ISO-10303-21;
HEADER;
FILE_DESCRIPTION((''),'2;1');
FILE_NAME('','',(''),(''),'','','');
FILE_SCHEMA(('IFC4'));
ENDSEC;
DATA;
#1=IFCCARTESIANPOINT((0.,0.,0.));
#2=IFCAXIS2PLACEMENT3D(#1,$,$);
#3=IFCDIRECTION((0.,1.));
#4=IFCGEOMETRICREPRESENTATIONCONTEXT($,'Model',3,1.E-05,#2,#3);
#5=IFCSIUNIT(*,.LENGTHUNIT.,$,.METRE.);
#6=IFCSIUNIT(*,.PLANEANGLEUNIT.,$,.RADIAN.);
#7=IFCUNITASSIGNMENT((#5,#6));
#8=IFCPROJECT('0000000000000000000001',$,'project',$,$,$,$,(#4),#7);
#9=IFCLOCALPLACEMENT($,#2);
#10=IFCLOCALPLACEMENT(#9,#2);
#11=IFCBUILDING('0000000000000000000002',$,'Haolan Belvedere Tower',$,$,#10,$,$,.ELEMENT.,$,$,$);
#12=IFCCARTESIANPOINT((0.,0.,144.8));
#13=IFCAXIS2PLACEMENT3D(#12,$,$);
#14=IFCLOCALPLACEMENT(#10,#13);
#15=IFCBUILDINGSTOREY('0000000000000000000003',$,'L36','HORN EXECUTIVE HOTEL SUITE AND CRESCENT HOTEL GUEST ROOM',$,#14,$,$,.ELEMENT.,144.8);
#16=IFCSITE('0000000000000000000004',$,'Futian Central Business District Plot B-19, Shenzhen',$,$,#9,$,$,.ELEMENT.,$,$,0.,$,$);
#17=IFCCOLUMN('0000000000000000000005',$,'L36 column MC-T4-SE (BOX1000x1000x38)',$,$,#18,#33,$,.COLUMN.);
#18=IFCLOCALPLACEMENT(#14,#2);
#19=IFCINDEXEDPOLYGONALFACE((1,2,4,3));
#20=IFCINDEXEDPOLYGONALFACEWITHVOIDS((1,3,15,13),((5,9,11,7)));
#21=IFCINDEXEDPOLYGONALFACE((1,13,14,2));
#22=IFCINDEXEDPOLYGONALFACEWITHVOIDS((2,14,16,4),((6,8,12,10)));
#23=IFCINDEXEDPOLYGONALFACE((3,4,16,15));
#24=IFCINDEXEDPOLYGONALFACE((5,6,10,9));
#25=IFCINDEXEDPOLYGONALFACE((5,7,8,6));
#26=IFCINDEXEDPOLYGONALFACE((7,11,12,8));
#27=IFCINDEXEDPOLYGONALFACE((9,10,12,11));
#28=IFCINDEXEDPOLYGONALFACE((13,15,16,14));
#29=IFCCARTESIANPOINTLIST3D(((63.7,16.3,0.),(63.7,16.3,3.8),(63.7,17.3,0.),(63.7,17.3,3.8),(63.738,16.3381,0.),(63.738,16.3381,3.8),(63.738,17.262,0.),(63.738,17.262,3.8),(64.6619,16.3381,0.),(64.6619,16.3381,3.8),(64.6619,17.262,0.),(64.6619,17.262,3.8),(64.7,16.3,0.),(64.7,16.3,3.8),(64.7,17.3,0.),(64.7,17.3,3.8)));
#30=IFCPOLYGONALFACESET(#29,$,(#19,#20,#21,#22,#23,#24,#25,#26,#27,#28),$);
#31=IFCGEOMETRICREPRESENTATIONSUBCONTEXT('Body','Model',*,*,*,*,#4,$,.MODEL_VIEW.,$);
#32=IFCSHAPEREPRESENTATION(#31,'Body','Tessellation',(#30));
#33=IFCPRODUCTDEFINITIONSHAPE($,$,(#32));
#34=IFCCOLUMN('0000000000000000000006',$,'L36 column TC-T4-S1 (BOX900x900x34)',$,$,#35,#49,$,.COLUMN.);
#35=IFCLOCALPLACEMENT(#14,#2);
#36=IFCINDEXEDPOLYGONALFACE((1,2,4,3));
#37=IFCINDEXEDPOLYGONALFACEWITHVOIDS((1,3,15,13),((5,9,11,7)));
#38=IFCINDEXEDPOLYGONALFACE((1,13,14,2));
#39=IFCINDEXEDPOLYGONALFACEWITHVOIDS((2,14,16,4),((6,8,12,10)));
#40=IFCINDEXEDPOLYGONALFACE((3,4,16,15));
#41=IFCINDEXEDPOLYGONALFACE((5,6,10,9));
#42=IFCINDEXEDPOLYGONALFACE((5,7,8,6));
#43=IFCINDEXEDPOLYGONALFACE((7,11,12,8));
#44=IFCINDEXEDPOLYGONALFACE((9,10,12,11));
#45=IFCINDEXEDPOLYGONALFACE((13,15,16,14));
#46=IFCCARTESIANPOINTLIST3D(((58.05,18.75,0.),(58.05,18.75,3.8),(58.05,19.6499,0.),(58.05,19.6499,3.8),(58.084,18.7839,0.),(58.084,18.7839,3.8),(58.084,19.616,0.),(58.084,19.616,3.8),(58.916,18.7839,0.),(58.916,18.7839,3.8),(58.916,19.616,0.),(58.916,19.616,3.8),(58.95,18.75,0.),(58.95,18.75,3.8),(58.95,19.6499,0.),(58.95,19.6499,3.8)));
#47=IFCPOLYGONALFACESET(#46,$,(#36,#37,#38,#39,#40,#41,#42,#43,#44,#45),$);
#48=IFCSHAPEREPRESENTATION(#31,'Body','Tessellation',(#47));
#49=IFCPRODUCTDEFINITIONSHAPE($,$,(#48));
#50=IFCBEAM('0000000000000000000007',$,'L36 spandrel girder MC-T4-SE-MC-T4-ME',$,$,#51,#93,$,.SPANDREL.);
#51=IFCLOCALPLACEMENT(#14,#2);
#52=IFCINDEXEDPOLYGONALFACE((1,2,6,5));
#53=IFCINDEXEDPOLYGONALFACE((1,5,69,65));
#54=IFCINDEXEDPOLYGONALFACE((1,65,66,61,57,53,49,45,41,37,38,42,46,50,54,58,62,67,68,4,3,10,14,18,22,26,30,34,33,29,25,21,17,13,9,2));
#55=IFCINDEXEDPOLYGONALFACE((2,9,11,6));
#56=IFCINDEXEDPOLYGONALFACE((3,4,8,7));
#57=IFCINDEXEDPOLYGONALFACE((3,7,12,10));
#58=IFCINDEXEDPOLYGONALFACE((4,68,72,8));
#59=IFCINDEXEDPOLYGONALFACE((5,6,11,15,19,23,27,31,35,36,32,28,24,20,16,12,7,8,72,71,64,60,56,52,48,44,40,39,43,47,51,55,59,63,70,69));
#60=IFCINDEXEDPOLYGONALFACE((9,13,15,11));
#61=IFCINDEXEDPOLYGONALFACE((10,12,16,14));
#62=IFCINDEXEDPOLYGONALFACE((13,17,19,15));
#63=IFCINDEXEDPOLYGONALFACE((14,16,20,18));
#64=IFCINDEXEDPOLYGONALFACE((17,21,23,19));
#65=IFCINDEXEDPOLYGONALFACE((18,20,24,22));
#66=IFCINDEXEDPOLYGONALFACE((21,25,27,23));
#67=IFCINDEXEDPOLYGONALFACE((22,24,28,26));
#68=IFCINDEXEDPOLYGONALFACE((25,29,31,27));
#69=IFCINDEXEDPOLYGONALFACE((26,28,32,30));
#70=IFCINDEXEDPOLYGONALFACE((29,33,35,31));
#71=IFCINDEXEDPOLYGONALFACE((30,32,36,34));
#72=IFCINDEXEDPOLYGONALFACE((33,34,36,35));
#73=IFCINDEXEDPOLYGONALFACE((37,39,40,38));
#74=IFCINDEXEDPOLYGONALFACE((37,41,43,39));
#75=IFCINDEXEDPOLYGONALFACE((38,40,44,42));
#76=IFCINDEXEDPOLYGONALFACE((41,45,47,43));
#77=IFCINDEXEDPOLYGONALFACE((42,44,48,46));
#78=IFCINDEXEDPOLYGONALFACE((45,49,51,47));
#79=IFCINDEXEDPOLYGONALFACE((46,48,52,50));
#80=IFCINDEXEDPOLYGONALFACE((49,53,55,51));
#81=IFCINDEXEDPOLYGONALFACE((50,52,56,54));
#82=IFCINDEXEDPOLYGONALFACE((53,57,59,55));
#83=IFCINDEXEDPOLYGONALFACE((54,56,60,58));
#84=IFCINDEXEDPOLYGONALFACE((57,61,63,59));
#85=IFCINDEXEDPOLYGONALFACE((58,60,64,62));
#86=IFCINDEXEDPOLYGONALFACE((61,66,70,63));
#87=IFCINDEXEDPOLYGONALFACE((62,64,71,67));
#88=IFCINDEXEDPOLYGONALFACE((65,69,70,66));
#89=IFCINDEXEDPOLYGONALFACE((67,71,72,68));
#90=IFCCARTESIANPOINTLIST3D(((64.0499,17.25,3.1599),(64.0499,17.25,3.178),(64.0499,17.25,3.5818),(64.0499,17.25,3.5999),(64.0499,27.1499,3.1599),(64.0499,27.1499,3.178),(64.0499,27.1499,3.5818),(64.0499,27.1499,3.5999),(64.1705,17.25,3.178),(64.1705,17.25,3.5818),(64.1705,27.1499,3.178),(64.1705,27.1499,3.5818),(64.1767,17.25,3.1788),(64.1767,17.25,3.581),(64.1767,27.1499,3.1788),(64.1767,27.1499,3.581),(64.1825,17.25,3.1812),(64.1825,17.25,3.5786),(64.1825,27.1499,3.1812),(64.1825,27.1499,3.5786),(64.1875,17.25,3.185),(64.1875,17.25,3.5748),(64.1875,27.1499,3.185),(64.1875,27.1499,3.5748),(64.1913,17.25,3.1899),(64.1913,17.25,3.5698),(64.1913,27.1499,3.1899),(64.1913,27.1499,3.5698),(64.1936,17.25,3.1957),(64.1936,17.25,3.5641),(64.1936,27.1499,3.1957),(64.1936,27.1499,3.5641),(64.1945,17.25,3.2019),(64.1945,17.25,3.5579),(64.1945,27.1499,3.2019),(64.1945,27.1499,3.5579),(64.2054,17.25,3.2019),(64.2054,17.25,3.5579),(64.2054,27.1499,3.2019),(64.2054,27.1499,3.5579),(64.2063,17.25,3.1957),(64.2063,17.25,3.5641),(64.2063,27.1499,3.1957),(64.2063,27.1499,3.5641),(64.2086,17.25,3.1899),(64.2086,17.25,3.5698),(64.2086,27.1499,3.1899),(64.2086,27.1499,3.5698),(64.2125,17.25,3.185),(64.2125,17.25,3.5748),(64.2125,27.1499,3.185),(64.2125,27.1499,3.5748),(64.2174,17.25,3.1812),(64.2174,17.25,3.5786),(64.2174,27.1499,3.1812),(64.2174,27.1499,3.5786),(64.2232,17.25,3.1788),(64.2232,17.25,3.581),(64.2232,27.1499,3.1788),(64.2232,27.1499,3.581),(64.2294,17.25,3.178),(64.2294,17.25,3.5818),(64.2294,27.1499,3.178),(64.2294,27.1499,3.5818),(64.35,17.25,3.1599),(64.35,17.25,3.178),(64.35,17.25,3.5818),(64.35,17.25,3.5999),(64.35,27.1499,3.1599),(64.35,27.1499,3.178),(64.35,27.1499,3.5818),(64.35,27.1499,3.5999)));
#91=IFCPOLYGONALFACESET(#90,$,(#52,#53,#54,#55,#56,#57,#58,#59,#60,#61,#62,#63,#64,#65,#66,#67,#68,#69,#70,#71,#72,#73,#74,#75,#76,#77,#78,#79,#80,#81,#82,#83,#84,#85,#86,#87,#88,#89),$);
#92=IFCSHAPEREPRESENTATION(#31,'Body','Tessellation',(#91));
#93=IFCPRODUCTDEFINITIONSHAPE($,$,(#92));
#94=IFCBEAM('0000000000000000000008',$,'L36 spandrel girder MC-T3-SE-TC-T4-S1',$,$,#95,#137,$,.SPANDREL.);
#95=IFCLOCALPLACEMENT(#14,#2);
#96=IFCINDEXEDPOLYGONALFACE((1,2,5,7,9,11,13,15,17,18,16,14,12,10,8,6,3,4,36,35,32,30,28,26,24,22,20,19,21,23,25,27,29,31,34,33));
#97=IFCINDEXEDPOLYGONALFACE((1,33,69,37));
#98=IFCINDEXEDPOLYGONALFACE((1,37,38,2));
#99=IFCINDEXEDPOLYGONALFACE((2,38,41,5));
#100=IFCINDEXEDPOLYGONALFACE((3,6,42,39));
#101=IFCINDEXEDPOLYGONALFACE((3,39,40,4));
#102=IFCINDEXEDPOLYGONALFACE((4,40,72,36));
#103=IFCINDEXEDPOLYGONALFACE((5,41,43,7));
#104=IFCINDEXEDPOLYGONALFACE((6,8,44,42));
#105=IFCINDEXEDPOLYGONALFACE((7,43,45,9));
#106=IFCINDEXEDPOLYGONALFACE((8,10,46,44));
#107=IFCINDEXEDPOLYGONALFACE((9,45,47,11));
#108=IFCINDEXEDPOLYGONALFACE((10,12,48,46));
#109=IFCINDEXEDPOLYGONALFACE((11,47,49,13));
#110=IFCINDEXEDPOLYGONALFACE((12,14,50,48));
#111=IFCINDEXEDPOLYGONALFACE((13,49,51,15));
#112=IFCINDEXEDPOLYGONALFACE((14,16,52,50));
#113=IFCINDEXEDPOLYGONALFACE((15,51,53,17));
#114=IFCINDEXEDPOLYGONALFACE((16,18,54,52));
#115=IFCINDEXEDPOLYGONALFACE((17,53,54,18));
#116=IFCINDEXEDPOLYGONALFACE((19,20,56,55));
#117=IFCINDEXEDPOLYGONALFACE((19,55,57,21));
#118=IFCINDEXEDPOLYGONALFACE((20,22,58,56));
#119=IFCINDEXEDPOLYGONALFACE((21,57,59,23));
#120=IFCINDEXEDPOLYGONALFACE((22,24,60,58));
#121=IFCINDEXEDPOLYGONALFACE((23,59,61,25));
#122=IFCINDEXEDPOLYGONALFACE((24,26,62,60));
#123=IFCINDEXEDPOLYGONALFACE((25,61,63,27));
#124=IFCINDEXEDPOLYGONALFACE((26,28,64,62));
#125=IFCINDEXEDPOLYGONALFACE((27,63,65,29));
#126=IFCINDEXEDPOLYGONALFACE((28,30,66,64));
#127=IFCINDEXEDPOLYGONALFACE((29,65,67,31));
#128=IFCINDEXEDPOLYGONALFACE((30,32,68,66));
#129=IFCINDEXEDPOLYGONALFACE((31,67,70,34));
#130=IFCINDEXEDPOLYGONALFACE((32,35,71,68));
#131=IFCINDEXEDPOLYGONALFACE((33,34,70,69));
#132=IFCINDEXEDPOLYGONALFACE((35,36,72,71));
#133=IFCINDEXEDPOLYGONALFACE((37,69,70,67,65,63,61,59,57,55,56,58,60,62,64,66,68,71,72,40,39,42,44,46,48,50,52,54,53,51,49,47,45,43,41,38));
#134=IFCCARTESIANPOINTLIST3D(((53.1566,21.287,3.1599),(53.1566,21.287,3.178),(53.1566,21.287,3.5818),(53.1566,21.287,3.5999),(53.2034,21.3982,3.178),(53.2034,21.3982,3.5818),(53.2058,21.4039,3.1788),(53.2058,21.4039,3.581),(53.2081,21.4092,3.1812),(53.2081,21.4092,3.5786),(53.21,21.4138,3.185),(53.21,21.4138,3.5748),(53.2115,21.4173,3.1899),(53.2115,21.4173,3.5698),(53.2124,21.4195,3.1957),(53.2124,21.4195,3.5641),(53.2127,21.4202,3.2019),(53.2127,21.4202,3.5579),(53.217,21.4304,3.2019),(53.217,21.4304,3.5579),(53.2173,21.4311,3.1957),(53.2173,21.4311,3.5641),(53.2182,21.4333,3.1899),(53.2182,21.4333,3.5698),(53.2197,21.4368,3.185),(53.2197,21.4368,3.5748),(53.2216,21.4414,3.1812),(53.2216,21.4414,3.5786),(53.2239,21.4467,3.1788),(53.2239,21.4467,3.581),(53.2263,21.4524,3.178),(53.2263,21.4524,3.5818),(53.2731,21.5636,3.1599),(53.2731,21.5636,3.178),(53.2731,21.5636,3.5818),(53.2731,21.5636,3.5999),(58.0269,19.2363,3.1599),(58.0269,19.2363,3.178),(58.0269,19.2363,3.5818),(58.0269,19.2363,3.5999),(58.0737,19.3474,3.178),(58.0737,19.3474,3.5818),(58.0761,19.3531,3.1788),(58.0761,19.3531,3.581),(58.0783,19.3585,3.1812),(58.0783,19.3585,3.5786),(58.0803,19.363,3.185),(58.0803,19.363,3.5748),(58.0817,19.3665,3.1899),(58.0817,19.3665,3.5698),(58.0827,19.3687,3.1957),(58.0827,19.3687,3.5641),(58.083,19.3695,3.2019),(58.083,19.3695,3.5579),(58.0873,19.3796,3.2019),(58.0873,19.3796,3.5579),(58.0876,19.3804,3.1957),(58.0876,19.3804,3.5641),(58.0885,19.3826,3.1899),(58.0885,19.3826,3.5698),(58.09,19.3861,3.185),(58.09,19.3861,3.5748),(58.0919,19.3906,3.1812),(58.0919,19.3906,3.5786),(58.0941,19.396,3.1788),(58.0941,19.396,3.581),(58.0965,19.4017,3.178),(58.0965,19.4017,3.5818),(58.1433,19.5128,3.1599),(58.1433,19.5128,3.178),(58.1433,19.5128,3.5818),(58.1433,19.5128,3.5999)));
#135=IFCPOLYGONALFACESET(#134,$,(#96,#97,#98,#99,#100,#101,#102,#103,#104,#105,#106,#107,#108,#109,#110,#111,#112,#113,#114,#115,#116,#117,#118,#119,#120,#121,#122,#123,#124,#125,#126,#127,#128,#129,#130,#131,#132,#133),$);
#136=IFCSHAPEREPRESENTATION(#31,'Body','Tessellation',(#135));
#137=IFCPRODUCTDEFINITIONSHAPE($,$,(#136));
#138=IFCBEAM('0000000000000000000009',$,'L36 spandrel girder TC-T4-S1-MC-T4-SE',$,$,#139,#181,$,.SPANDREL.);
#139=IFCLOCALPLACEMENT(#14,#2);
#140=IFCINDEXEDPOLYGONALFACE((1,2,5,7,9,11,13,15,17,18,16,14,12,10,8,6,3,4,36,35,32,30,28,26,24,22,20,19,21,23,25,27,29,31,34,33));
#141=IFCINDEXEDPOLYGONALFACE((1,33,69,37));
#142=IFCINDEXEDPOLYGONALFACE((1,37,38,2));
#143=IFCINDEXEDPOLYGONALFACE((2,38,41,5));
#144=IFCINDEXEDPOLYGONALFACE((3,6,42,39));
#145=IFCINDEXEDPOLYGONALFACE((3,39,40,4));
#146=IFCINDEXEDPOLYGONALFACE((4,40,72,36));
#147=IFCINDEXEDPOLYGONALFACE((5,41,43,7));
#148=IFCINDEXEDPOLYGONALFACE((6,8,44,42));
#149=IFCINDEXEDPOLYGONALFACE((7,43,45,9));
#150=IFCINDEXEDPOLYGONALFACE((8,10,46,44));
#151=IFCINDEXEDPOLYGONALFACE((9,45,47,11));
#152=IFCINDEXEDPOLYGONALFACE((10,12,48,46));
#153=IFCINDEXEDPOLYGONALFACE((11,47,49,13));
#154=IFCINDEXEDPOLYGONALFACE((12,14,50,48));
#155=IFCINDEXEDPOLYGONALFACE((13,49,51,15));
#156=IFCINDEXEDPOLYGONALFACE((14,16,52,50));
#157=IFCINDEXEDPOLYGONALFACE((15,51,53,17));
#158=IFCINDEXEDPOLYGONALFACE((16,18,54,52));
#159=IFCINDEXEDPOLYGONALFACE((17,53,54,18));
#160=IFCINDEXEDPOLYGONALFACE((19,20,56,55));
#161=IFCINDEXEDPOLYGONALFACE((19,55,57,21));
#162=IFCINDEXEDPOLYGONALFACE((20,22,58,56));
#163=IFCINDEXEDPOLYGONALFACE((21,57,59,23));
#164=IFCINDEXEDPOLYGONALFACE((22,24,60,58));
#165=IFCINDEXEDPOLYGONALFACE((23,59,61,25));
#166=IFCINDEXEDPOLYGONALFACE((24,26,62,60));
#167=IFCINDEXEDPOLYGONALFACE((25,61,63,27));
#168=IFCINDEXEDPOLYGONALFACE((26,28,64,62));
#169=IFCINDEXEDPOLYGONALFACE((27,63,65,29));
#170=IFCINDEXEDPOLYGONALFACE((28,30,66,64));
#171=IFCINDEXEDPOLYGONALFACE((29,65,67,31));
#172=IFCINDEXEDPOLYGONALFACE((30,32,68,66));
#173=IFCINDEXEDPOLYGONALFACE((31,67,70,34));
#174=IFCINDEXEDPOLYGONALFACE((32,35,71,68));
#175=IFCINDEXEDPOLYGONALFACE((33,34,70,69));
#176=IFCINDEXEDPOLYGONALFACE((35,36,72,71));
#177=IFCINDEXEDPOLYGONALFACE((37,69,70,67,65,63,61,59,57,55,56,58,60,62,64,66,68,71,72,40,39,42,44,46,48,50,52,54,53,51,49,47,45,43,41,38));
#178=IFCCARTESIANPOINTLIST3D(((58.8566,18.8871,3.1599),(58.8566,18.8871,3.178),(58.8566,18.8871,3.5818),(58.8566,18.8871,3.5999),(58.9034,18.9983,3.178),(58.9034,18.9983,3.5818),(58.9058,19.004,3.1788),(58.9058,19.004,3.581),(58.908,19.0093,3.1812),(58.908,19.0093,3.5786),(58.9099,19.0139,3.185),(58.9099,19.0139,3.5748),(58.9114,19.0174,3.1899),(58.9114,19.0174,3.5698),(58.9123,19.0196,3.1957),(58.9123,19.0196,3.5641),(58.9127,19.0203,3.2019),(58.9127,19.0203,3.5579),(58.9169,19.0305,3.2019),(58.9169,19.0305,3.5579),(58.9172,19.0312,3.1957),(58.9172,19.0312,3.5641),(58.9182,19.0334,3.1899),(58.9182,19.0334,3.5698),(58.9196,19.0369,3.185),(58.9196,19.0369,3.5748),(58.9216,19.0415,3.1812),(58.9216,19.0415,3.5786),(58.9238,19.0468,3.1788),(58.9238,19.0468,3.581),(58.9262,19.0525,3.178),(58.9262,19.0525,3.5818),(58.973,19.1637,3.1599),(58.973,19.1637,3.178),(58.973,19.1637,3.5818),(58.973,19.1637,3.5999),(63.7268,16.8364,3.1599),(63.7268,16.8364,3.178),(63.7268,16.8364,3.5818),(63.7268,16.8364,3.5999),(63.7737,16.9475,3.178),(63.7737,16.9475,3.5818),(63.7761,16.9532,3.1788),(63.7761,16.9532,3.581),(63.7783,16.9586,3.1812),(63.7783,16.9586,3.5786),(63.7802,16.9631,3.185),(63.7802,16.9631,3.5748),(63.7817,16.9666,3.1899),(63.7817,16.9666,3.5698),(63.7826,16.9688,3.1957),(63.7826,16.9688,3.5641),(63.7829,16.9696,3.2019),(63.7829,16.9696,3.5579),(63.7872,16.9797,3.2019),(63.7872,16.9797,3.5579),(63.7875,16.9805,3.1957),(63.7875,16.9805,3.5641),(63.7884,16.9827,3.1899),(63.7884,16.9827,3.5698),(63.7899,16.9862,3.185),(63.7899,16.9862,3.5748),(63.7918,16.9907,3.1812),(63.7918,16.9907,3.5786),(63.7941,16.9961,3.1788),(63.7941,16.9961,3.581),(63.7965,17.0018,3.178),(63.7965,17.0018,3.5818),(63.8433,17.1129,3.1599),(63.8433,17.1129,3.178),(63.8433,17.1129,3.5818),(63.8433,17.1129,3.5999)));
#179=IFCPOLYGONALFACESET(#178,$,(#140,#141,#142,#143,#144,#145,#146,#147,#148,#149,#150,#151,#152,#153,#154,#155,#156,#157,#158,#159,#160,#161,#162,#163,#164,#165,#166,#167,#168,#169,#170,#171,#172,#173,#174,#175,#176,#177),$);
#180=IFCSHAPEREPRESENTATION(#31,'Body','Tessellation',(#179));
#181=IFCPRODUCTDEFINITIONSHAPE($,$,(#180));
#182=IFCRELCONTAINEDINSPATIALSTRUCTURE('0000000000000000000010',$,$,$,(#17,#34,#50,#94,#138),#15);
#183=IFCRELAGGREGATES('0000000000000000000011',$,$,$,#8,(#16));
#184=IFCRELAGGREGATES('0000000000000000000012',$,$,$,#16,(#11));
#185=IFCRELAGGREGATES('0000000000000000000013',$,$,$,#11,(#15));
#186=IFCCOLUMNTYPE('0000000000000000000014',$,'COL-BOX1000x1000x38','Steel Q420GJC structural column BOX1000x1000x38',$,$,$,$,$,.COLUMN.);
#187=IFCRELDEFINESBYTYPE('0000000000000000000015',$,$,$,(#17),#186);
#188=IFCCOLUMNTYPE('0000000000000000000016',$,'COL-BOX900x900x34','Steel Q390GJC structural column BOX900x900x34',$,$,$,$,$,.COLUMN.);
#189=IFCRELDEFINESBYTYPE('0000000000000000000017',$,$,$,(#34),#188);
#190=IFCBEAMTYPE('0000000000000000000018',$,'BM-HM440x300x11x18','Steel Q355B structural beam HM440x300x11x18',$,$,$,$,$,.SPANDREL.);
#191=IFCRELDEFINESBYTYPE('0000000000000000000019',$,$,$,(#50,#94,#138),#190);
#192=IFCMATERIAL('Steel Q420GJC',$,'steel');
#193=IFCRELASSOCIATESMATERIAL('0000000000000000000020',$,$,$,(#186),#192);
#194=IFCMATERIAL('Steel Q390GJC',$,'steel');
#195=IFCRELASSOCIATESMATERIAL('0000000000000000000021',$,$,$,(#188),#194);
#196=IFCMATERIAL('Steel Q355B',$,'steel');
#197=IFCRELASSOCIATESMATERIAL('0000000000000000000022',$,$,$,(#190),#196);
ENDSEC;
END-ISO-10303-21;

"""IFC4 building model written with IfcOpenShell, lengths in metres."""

from ifc_helpers import new_model, si_unit, direction, frame, origin, origin_2d, place, context, subcontext, project, spatial, hollow_rectangle, i_section, extrude, material, material_profile, profile_set, type_object, element, save


model = new_model("IFC4")

# Units and contexts
model_context = context("Model", 3, precision=1e-05, world=origin(), true_north=direction((0.0, 1.0)))
body_context = subcontext(model_context, "Body", "Model", "MODEL_VIEW")
ifc_project = project(units=[si_unit("LENGTHUNIT", "METRE"), si_unit("PLANEANGLEUNIT", "RADIAN")], contexts=[model_context])

# Site, building, storey
site_placement = place(None, origin())
site = spatial("IfcSite", under=ifc_project, at=site_placement, Name="Futian Central Business District Plot B-19, Shenzhen", CompositionType="ELEMENT", RefElevation=0.0)
building_placement = place(site_placement, origin())
building = spatial("IfcBuilding", under=site, at=building_placement, Name="Haolan Belvedere Tower", CompositionType="ELEMENT")
storey_placement = place(building_placement, frame((0.0, 0.0, 144.8)))
storey = spatial("IfcBuildingStorey", under=building, at=storey_placement, Name="L36", Description="HORN EXECUTIVE HOTEL SUITE AND CRESCENT HOTEL GUEST ROOM", CompositionType="ELEMENT", Elevation=144.8)

# Columns
ifc_material_1 = material(Name="Steel Q420GJC", Category="steel")
ifc_material_profile_1 = material_profile(ifc_material_1, hollow_rectangle(XDim=1.0, YDim=1.0, WallThickness=0.0381, at=origin_2d()), Name="Steel Q420GJC")
ifc_profile_set_1 = profile_set([ifc_material_profile_1], Name="Steel Q420GJC")
column_type_1 = type_object("IfcColumnType", Name="COL-BOX1000x1000x38", Description="Steel Q420GJC structural column BOX1000x1000x38", PredefinedType="COLUMN", material=ifc_profile_set_1)
column_1_placement = place(storey_placement, frame((64.2, 16.8, 0.0), z_axis=(0.0, 0.0, 1.0), x_axis=(1.0, 0.0, 0.0)))
element("IfcColumn", 1, at=column_1_placement, inside=storey, type_object=column_type_1, Name="L36 column MC-T4-SE (BOX1000x1000x38)", PredefinedType="COLUMN", context=body_context, shape_type="SweptSolid", body=[
    extrude(hollow_rectangle(XDim=1.0, YDim=1.0, WallThickness=0.0381, at=origin_2d()), origin(), (0.0, 0.0, 1.0), 3.8),
])
ifc_material_2 = material(Name="Steel Q390GJC", Category="steel")
ifc_material_profile_2 = material_profile(ifc_material_2, hollow_rectangle(XDim=0.8999, YDim=0.8999, WallThickness=0.0339, at=origin_2d()), Name="Steel Q390GJC")
ifc_profile_set_2 = profile_set([ifc_material_profile_2], Name="Steel Q390GJC")
column_type_2 = type_object("IfcColumnType", Name="COL-BOX900x900x34", Description="Steel Q390GJC structural column BOX900x900x34", PredefinedType="COLUMN", material=ifc_profile_set_2)
column_2_placement = place(storey_placement, frame((58.5, 19.2, 0.0), z_axis=(0.0, 0.0, 1.0), x_axis=(1.0, 0.0, 0.0)))
element("IfcColumn", 2, at=column_2_placement, inside=storey, type_object=column_type_2, Name="L36 column TC-T4-S1 (BOX900x900x34)", PredefinedType="COLUMN", context=body_context, shape_type="SweptSolid", body=[
    extrude(hollow_rectangle(XDim=0.8999, YDim=0.8999, WallThickness=0.0339, at=origin_2d()), origin(), (0.0, 0.0, 1.0), 3.8),
])

# Beams
ifc_material_3 = material(Name="Steel Q355B", Category="steel")
ifc_material_profile_3 = material_profile(ifc_material_3, i_section(OverallWidth=0.3, OverallDepth=0.4399, WebThickness=0.011, FlangeThickness=0.0181, FilletRadius=0.0239, at=origin_2d()), Name="Steel Q355B")
ifc_profile_set_3 = profile_set([ifc_material_profile_3], Name="Steel Q355B")
beam_type_1 = type_object("IfcBeamType", Name="BM-HM440x300x11x18", Description="Steel Q355B structural beam HM440x300x11x18", PredefinedType="SPANDREL", material=ifc_profile_set_3)
beam_1_placement = place(storey_placement, frame((64.2, 17.25, 3.3799), z_axis=(0.0, 1.0, 0.0), x_axis=(-1.0, 0.0, 0.0)))
element("IfcBeam", 3, at=beam_1_placement, inside=storey, type_object=beam_type_1, Name="L36 spandrel girder MC-T4-SE-MC-T4-ME", PredefinedType="SPANDREL", context=body_context, shape_type="SweptSolid", body=[
    extrude(i_section(OverallWidth=0.3, OverallDepth=0.4399, WebThickness=0.011, FlangeThickness=0.0181, FilletRadius=0.0239, at=origin_2d()), origin(), (0.0, 0.0, 1.0), 9.8999),
])
for number, where, z_axis, x_axis, name in (
    (4, (53.2148, 21.4253, 3.3799), (0.921628, -0.388074, 0.0), (0.388074, 0.921628, 0.0), "L36 spandrel girder MC-T3-SE-TC-T4-S1"),
    (5, (58.9148, 19.0254, 3.3799), (0.921628, -0.388074, 0.0), (0.388074, 0.921628, 0.0), "L36 spandrel girder TC-T4-S1-MC-T4-SE"),
):
    element("IfcBeam", number, at=place(storey_placement, frame(where, z_axis=z_axis, x_axis=x_axis)), inside=storey, type_object=beam_type_1, Name=name, PredefinedType="SPANDREL", context=body_context, shape_type="SweptSolid", body=[
        extrude(i_section(OverallWidth=0.3, OverallDepth=0.4399, WebThickness=0.011, FlangeThickness=0.0181, FilletRadius=0.0239, at=origin_2d()), origin(), (0.0, 0.0, 1.0), 5.2844),
    ])

save(model, "model.ifc")
